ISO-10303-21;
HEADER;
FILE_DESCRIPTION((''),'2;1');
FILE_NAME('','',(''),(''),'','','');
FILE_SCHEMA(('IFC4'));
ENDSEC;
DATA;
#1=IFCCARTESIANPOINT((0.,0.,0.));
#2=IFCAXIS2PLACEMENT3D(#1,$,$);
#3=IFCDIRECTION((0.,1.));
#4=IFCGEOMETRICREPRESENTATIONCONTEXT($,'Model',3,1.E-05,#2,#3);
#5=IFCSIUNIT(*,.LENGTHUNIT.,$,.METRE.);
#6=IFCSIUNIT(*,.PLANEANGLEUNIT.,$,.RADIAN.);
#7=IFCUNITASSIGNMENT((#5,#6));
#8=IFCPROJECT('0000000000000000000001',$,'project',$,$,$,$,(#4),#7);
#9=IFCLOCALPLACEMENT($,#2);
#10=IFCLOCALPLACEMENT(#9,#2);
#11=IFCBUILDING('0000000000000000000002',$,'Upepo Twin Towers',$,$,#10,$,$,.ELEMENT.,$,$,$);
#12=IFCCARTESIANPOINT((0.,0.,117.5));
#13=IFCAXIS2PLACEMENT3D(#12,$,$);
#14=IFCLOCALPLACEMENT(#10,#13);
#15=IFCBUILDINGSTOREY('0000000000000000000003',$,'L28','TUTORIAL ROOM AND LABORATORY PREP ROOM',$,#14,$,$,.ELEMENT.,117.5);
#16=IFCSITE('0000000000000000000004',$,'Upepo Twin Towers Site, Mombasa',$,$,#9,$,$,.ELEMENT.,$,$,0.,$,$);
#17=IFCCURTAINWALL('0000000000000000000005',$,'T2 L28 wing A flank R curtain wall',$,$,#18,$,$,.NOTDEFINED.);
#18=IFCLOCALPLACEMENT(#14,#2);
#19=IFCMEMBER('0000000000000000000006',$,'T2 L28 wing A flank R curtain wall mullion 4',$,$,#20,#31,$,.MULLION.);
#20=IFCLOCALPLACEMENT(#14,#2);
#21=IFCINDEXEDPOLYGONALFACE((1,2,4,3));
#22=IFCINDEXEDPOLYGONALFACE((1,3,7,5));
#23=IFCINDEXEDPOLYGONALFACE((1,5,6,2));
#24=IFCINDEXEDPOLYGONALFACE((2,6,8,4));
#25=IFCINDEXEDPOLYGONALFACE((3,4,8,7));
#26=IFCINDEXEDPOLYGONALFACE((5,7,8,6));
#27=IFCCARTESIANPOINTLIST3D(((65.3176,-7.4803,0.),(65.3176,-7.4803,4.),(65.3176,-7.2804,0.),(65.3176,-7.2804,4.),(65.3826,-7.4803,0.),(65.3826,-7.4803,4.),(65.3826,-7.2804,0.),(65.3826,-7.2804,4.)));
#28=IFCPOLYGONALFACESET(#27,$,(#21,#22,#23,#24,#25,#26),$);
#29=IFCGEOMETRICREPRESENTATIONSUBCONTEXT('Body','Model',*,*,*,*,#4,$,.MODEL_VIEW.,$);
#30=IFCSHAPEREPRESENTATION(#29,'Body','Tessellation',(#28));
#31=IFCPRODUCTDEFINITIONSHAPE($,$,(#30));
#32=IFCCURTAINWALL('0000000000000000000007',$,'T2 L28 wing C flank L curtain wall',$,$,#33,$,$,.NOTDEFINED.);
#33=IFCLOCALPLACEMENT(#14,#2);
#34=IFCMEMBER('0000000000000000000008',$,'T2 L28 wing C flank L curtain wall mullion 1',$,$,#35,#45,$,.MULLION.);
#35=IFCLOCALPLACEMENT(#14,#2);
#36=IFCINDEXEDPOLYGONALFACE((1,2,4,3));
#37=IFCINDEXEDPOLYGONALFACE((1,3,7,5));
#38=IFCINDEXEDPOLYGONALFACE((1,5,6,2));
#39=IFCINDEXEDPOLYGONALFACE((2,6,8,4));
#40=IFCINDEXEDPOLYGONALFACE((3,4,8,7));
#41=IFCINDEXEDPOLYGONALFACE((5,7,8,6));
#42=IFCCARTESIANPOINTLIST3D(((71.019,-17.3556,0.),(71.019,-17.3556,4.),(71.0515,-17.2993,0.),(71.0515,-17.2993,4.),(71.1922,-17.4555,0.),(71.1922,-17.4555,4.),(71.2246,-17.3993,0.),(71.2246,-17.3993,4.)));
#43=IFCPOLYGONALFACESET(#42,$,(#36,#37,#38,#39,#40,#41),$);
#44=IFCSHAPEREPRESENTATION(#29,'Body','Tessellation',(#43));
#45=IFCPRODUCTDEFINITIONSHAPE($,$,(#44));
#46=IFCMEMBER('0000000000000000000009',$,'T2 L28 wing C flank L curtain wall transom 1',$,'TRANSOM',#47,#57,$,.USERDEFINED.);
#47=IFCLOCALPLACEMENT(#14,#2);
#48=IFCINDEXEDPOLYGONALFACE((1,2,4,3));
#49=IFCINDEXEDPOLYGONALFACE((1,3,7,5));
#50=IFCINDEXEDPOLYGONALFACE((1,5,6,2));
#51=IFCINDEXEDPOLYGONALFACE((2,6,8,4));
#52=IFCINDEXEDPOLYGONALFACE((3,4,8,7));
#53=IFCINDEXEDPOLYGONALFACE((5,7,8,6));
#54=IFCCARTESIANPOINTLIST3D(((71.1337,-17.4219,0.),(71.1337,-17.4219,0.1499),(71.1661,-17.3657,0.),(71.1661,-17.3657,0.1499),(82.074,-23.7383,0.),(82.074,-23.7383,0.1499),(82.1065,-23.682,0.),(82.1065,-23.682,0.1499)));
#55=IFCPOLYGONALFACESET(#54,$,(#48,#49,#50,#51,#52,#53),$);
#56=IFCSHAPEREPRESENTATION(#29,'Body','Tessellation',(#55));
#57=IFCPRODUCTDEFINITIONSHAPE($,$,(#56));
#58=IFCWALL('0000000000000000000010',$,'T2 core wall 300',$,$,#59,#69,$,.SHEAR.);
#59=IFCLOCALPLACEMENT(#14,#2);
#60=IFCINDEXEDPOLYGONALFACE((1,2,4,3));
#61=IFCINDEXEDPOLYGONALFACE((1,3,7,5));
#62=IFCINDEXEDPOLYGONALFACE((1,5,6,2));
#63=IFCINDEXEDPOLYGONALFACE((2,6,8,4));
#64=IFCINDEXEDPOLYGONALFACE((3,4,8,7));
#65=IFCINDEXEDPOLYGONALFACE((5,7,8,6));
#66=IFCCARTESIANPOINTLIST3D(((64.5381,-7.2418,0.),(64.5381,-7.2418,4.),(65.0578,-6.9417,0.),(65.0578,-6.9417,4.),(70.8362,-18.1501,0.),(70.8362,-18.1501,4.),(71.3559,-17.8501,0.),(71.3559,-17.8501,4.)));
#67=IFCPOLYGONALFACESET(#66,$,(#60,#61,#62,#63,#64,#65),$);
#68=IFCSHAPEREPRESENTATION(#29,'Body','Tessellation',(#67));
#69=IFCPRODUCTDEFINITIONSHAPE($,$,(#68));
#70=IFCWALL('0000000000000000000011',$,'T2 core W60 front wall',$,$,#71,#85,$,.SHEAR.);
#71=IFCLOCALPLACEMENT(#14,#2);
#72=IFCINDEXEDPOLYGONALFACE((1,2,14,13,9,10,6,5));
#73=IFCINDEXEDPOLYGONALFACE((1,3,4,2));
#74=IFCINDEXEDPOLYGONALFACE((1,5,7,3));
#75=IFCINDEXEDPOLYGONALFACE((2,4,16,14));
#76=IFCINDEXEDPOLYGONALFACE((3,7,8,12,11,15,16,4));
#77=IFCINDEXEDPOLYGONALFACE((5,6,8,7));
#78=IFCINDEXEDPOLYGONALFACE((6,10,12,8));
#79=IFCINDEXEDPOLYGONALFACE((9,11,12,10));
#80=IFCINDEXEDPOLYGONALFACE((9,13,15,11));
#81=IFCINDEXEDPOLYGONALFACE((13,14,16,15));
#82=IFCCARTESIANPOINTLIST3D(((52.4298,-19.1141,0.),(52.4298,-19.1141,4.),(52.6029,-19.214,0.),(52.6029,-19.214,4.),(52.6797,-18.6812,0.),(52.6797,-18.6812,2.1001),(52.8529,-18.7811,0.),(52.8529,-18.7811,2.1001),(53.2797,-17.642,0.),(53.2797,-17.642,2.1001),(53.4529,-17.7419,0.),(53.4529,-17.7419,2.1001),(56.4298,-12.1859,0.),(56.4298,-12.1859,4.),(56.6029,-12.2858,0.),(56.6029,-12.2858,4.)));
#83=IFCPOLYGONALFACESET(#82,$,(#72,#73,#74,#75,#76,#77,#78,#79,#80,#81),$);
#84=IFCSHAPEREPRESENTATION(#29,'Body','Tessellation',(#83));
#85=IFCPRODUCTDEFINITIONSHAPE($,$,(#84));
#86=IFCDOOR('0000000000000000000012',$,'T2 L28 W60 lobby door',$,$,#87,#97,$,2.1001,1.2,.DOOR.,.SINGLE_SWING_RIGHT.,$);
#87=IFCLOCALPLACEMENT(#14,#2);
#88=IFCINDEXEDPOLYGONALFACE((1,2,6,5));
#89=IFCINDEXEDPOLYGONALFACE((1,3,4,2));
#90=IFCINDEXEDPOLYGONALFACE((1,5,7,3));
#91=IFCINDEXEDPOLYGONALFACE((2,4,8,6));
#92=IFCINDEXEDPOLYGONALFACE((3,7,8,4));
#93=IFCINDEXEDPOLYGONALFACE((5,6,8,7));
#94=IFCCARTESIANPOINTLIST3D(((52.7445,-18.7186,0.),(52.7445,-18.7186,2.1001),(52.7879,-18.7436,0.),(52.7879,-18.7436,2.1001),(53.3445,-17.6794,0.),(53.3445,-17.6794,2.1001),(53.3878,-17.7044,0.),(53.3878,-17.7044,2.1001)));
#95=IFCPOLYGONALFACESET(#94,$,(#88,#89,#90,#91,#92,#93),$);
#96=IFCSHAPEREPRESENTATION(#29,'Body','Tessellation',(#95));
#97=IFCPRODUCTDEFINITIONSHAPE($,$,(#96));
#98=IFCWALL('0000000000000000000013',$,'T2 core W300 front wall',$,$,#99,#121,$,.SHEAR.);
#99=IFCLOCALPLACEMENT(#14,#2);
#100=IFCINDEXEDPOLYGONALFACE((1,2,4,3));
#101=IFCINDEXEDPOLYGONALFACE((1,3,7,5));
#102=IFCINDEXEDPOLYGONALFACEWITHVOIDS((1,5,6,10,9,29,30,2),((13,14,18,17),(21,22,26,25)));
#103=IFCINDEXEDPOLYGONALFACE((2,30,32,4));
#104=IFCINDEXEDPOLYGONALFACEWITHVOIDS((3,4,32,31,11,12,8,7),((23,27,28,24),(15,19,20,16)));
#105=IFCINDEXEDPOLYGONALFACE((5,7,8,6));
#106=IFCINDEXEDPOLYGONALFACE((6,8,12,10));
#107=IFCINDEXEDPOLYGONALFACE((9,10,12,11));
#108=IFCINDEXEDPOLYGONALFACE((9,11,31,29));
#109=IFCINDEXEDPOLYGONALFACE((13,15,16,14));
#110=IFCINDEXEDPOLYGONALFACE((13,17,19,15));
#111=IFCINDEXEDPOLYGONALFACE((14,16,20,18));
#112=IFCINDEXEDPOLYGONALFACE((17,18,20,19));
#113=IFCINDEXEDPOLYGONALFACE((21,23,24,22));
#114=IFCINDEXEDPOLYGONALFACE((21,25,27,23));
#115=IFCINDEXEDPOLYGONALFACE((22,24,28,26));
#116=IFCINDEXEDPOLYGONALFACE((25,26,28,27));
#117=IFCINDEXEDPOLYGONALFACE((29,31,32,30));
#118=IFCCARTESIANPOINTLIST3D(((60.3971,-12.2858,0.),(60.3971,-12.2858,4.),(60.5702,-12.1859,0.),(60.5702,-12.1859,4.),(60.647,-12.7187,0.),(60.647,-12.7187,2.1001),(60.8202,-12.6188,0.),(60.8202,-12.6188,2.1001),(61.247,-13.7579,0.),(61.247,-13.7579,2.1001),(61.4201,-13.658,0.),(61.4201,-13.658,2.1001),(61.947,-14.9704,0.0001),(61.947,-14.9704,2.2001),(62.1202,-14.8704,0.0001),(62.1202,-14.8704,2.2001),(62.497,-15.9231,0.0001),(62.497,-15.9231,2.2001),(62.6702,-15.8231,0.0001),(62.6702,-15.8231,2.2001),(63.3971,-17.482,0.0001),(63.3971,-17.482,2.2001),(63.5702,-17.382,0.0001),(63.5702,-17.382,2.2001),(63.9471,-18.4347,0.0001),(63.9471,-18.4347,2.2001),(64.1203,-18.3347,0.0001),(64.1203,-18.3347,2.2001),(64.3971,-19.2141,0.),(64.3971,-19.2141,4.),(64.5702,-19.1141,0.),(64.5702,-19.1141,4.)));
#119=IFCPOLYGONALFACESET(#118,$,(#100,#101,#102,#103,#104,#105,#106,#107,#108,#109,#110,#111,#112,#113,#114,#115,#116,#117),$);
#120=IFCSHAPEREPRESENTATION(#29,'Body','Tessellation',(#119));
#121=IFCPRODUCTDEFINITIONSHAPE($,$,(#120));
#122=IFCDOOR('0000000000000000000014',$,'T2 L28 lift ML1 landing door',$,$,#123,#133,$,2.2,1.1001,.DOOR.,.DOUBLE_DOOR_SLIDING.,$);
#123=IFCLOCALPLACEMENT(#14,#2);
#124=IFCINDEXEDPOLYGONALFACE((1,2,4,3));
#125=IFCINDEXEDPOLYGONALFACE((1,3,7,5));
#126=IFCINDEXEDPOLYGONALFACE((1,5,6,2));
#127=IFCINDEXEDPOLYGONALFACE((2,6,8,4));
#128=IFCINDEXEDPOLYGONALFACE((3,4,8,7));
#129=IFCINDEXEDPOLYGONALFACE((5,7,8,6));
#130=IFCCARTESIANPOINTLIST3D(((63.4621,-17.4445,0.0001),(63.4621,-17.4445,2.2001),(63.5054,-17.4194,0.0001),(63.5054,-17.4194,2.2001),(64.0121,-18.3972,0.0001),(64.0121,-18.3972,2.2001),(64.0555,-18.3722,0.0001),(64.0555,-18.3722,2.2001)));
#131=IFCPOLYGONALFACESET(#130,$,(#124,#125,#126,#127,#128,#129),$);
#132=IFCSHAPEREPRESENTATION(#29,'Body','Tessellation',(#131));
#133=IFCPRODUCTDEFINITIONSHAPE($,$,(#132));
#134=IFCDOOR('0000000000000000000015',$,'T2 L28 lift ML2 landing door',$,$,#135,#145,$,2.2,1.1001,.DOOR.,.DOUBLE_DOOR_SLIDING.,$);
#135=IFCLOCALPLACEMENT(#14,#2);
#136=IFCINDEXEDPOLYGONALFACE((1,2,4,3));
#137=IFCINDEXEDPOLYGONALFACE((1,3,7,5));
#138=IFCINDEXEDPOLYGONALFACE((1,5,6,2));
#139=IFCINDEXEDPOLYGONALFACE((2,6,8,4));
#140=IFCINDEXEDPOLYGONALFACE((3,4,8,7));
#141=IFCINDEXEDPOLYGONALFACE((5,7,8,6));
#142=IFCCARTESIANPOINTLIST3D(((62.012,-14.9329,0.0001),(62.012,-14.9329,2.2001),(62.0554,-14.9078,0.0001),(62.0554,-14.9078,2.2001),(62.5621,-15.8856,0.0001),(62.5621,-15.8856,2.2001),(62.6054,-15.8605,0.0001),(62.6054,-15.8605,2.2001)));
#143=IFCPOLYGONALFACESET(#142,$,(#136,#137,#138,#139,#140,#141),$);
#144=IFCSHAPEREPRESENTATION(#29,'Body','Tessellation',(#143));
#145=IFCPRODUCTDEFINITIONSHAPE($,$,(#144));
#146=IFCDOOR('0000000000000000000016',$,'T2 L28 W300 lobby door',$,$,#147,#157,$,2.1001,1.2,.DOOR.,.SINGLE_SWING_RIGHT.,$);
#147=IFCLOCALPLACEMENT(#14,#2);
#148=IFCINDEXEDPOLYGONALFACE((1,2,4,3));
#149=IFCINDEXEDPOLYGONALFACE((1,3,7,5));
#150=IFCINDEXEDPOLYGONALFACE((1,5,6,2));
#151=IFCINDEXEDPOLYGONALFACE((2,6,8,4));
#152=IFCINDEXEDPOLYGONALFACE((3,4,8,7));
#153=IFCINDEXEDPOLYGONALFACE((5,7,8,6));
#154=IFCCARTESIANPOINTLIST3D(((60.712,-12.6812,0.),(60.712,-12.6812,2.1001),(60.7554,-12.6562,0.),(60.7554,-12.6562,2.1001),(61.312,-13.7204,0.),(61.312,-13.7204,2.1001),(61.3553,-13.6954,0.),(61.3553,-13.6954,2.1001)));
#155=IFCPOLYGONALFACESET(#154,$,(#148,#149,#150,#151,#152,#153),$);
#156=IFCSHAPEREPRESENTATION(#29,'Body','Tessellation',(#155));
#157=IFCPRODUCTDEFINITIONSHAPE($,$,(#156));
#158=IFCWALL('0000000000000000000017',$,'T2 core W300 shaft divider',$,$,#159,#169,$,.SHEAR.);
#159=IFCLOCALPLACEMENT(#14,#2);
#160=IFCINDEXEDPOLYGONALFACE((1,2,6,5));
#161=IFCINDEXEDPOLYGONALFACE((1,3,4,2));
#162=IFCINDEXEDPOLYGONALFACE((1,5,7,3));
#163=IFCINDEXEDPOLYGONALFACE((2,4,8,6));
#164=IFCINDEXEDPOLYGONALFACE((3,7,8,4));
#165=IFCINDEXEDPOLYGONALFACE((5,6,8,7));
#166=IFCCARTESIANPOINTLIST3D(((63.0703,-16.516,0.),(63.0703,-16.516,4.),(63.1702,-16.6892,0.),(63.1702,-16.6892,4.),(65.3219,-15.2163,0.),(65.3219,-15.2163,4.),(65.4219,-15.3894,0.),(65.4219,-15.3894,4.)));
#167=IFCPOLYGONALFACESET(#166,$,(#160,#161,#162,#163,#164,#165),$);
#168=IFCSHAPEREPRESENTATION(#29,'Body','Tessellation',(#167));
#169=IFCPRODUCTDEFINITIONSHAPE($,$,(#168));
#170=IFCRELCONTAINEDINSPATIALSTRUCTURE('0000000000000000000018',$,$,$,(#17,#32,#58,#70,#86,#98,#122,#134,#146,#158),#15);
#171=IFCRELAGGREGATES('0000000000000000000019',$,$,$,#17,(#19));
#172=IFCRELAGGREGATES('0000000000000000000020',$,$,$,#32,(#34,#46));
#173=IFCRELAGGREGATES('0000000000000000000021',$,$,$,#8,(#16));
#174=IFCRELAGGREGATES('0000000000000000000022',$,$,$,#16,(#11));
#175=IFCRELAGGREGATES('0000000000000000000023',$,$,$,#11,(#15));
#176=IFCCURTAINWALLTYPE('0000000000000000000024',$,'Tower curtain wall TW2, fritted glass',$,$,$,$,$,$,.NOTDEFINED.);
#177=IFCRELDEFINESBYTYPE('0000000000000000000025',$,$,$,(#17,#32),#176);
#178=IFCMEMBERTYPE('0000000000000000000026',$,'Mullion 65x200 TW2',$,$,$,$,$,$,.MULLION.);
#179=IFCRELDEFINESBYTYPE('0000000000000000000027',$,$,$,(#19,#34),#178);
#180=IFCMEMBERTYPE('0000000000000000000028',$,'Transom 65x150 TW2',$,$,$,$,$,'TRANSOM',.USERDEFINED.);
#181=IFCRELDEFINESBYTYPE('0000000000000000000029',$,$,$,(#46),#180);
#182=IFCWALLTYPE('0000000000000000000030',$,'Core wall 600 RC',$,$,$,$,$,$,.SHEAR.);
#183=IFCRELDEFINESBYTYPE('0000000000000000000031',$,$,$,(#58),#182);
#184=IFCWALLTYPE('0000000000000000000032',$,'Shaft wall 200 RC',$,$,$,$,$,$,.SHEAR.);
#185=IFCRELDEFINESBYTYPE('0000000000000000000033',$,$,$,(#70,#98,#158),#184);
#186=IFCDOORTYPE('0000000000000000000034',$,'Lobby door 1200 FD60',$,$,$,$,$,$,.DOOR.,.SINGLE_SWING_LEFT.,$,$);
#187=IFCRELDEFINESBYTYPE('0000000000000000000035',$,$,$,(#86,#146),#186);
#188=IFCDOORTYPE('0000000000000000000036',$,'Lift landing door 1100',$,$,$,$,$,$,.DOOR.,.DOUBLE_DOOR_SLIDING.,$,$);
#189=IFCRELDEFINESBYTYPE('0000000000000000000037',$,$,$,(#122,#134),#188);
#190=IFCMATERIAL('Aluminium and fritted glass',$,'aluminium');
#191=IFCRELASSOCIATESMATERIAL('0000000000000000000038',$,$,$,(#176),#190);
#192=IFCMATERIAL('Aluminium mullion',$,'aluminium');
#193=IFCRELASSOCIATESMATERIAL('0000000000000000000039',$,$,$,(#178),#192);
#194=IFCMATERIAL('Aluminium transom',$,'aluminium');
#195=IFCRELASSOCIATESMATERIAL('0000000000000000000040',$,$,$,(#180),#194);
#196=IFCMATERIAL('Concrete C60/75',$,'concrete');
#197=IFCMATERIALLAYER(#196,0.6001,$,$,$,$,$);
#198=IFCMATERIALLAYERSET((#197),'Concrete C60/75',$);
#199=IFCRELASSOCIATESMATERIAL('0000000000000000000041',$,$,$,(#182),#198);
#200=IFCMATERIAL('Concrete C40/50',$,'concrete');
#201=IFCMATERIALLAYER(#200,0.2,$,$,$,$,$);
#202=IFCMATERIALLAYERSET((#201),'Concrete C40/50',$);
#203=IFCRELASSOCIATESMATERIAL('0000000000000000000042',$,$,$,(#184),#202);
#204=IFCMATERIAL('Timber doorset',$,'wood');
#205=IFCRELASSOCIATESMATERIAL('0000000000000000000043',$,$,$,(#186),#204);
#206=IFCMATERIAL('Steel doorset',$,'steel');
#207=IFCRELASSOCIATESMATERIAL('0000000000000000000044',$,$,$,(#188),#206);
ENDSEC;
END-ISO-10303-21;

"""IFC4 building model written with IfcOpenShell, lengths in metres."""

from ifc_helpers import new_model, si_unit, direction, frame, frame_2d, origin, origin_2d, place, context, subcontext, project, spatial, rectangle, extrude, material, layer, layer_set, material_profile, profile_set, type_object, element, fill, aggregate, save


model = new_model("IFC4")

# Units and contexts
model_context = context("Model", 3, precision=1e-05, world=origin(), true_north=direction((0.0, 1.0)))
body_context = subcontext(model_context, "Body", "Model", "MODEL_VIEW")
ifc_project = project(units=[si_unit("LENGTHUNIT", "METRE"), si_unit("PLANEANGLEUNIT", "RADIAN")], contexts=[model_context])

# Site, building, storey
site_placement = place(None, origin())
site = spatial("IfcSite", under=ifc_project, at=site_placement, Name="Upepo Twin Towers Site, Mombasa", CompositionType="ELEMENT", RefElevation=0.0)
building_placement = place(site_placement, origin())
building = spatial("IfcBuilding", under=site, at=building_placement, Name="Upepo Twin Towers", CompositionType="ELEMENT")
storey_placement = place(building_placement, frame((0.0, 0.0, 117.5)))
storey = spatial("IfcBuildingStorey", under=building, at=storey_placement, Name="L28", Description="TUTORIAL ROOM AND LABORATORY PREP ROOM", CompositionType="ELEMENT", Elevation=117.5)

# Curtain wall, member
ifc_material_1 = material(Name="Aluminium and fritted glass", Category="aluminium")
curtain_wall_type = type_object("IfcCurtainWallType", Name="Tower curtain wall TW2, fritted glass", PredefinedType="NOTDEFINED", material=ifc_material_1)
curtain_wall_1_placement = place(storey_placement, origin())
curtain_wall_1 = element("IfcCurtainWall", 1, at=curtain_wall_1_placement, inside=storey, type_object=curtain_wall_type, Name="T2 L28 wing A flank R curtain wall", PredefinedType="NOTDEFINED")
ifc_material_2 = material(Name="Aluminium mullion", Category="aluminium")
ifc_material_profile_1 = material_profile(ifc_material_2, rectangle(XDim=0.0649, YDim=0.2, at=origin_2d()), Name="MULLION 65x200")
ifc_profile_set_1 = profile_set([ifc_material_profile_1], Name="Aluminium mullion")
member_type_1 = type_object("IfcMemberType", Name="Mullion 65x200 TW2", PredefinedType="MULLION", material=ifc_profile_set_1)
member_1_placement = place(storey_placement, frame((65.3501, -7.3804, 0.0), z_axis=(0.0, 0.0, 1.0), x_axis=(1.0, 0.0, 0.0)))
member_1 = element("IfcMember", 2, at=member_1_placement, type_object=member_type_1, Name="T2 L28 wing A flank R curtain wall mullion 4", PredefinedType="MULLION", context=body_context, shape_type="SweptSolid", body=[
    extrude(rectangle(XDim=0.0649, YDim=0.2, at=origin_2d()), origin(), (0.0, 0.0, 1.0), 4.0),
])
aggregate(curtain_wall_1, [member_1])

# Curtain wall, members
curtain_wall_2_placement = place(storey_placement, origin())
curtain_wall_2 = element("IfcCurtainWall", 3, at=curtain_wall_2_placement, inside=storey, type_object=curtain_wall_type, Name="T2 L28 wing C flank L curtain wall", PredefinedType="NOTDEFINED")
member_2_placement = place(storey_placement, frame((71.1218, -17.3774, 0.0), z_axis=(0.0, 0.0, 1.0), x_axis=(0.5, 0.866025, 0.0)))
member_2 = element("IfcMember", 4, at=member_2_placement, type_object=member_type_1, Name="T2 L28 wing C flank L curtain wall mullion 1", PredefinedType="MULLION", context=body_context, shape_type="SweptSolid", body=[
    extrude(rectangle(XDim=0.0649, YDim=0.2, at=origin_2d()), origin(), (0.0, 0.0, 1.0), 4.0),
])
ifc_material_3 = material(Name="Aluminium transom", Category="aluminium")
ifc_material_profile_2 = material_profile(ifc_material_3, rectangle(XDim=0.0649, YDim=0.1499, at=origin_2d()), Name="TRANSOM 65x150")
ifc_profile_set_2 = profile_set([ifc_material_profile_2], Name="Aluminium transom")
member_type_2 = type_object("IfcMemberType", Name="Transom 65x150 TW2", ElementType="TRANSOM", PredefinedType="USERDEFINED", material=ifc_profile_set_2)
member_3_placement = place(storey_placement, frame((71.1499, -17.3938, 0.075), z_axis=(0.866027, -0.499997, 0.0), x_axis=(0.499997, 0.866027, 0.0)))
member_3 = element("IfcMember", 5, at=member_3_placement, type_object=member_type_2, Name="T2 L28 wing C flank L curtain wall transom 1", ObjectType="TRANSOM", PredefinedType="USERDEFINED", context=body_context, shape_type="SweptSolid", body=[
    extrude(rectangle(XDim=0.0649, YDim=0.1499, at=origin_2d()), origin(), (0.0, 0.0, 1.0), 12.6328),
])
aggregate(curtain_wall_2, [member_2, member_3])

# Wall
ifc_material_4 = material(Name="Concrete C60/75", Category="concrete")
ifc_layer_1 = layer(ifc_material_4, 0.6001)
ifc_layer_set_1 = layer_set([ifc_layer_1], Name="Concrete C60/75")
wall_type_1 = type_object("IfcWallType", Name="Core wall 600 RC", PredefinedType="SHEAR", material=ifc_layer_set_1)
wall_1_placement = place(storey_placement, frame((71.0959, -18.0, 0.0), z_axis=(0.0, 0.0, 1.0), x_axis=(-0.500006, 0.866022, 0.0)))
element("IfcWall", 6, at=wall_1_placement, inside=storey, type_object=wall_type_1, Name="T2 core wall 300", PredefinedType="SHEAR", context=body_context, shape_type="SweptSolid", body=[
    extrude(rectangle(XDim=12.5959, YDim=0.6001, at=frame_2d((6.2979, 0.0))), origin(), (0.0, 0.0, 1.0), 4.0),
])

# Wall, opening, door
ifc_material_5 = material(Name="Concrete C40/50", Category="concrete")
ifc_layer_2 = layer(ifc_material_5, 0.2)
ifc_layer_set_2 = layer_set([ifc_layer_2], Name="Concrete C40/50")
wall_type_2 = type_object("IfcWallType", Name="Shaft wall 200 RC", PredefinedType="SHEAR", material=ifc_layer_set_2)
wall_2_placement = place(storey_placement, frame((56.5164, -12.2358, 0.0), z_axis=(0.0, 0.0, 1.0), x_axis=(-0.499999, -0.866026, 0.0)))
wall_2 = element("IfcWall", 7, at=wall_2_placement, inside=storey, type_object=wall_type_2, Name="T2 core W60 front wall", PredefinedType="SHEAR", context=body_context, shape_type="SweptSolid", body=[
    extrude(rectangle(XDim=8.0, YDim=0.2, at=frame_2d((4.0, 0.0))), origin(), (0.0, 0.0, 1.0), 4.0),
])
opening_1_placement = place(wall_2_placement, frame((6.3, 0.0, 0.0)))
opening_1 = element("IfcOpeningElement", 8, at=opening_1_placement, cuts=wall_2, PredefinedType="OPENING", context=body_context, shape_type="SweptSolid", body=[
    extrude(rectangle(XDim=1.2, YDim=2.1001, at=frame_2d((0.6001, 1.05))), frame((0.0, 0.1099, 0.0), z_axis=(0.0, -1.0, 0.0), x_axis=(1.0, 0.0, 0.0)), (0.0, 0.0, 1.0), 0.22),
])
ifc_material_6 = material(Name="Timber doorset", Category="wood")
door_type_1 = type_object("IfcDoorType", Name="Lobby door 1200 FD60", OperationType="SINGLE_SWING_LEFT", PredefinedType="DOOR", material=ifc_material_6)
door_1_placement = place(opening_1_placement, origin())
door_1 = element("IfcDoor", 9, at=door_1_placement, inside=storey, type_object=door_type_1, Name="T2 L28 W60 lobby door", OperationType="SINGLE_SWING_RIGHT", OverallHeight=2.1001, OverallWidth=1.2, PredefinedType="DOOR", context=body_context, shape_type="SweptSolid", body=[
    extrude(rectangle(XDim=1.2, YDim=2.1001, at=frame_2d((0.6001, 1.05))), frame((0.0, 0.0249, 0.0), z_axis=(0.0, -1.0, 0.0), x_axis=(1.0, 0.0, 0.0)), (0.0, 0.0, 1.0), 0.05),
])
fill(opening_1, door_1)

# Wall, openings, doors
wall_3_placement = place(storey_placement, frame((64.4836, -19.1641, 0.0), z_axis=(0.0, 0.0, 1.0), x_axis=(-0.499999, 0.866026, 0.0)))
wall_3 = element("IfcWall", 10, at=wall_3_placement, inside=storey, type_object=wall_type_2, Name="T2 core W300 front wall", PredefinedType="SHEAR", context=body_context, shape_type="SweptSolid", body=[
    extrude(rectangle(XDim=8.0, YDim=0.2, at=frame_2d((4.0, 0.0))), origin(), (0.0, 0.0, 1.0), 4.0),
])
opening_2_placement = place(wall_3_placement, frame((6.3, 0.0, 0.0)))
opening_2 = element("IfcOpeningElement", 11, at=opening_2_placement, cuts=wall_3, PredefinedType="OPENING", context=body_context, shape_type="SweptSolid", body=[
    extrude(rectangle(XDim=1.2, YDim=2.1001, at=frame_2d((0.6001, 1.05))), frame((0.0, 0.1099, 0.0), z_axis=(0.0, -1.0, 0.0), x_axis=(1.0, 0.0, 0.0)), (0.0, 0.0, 1.0), 0.22),
])
opening_3_placement = place(wall_3_placement, frame((0.8999, 0.0, 0.0)))
opening_3 = element("IfcOpeningElement", 12, at=opening_3_placement, cuts=wall_3, PredefinedType="OPENING", context=body_context, shape_type="SweptSolid", body=[
    extrude(rectangle(XDim=1.1001, YDim=2.2, at=frame_2d((0.55, 1.1001))), frame((0.0, 0.1099, 0.0), z_axis=(0.0, -1.0, 0.0), x_axis=(1.0, 0.0, 0.0)), (0.0, 0.0, 1.0), 0.22),
])
opening_4_placement = place(wall_3_placement, frame((3.8, 0.0, 0.0)))
opening_4 = element("IfcOpeningElement", 13, at=opening_4_placement, cuts=wall_3, PredefinedType="OPENING", context=body_context, shape_type="SweptSolid", body=[
    extrude(rectangle(XDim=1.1001, YDim=2.2, at=frame_2d((0.55, 1.1001))), frame((0.0, 0.1099, 0.0), z_axis=(0.0, -1.0, 0.0), x_axis=(1.0, 0.0, 0.0)), (0.0, 0.0, 1.0), 0.22),
])
ifc_material_7 = material(Name="Steel doorset", Category="steel")
door_type_2 = type_object("IfcDoorType", Name="Lift landing door 1100", OperationType="DOUBLE_DOOR_SLIDING", PredefinedType="DOOR", material=ifc_material_7)
door_2_placement = place(opening_3_placement, origin())
door_2 = element("IfcDoor", 14, at=door_2_placement, inside=storey, type_object=door_type_2, Name="T2 L28 lift ML1 landing door", OperationType="DOUBLE_DOOR_SLIDING", OverallHeight=2.2, OverallWidth=1.1001, PredefinedType="DOOR", context=body_context, shape_type="SweptSolid", body=[
    extrude(rectangle(XDim=1.1001, YDim=2.2, at=frame_2d((0.55, 1.1001))), frame((0.0, 0.0249, 0.0), z_axis=(0.0, -1.0, 0.0), x_axis=(1.0, 0.0, 0.0)), (0.0, 0.0, 1.0), 0.05),
])
fill(opening_3, door_2)
door_3_placement = place(opening_4_placement, origin())
door_3 = element("IfcDoor", 15, at=door_3_placement, inside=storey, type_object=door_type_2, Name="T2 L28 lift ML2 landing door", OperationType="DOUBLE_DOOR_SLIDING", OverallHeight=2.2, OverallWidth=1.1001, PredefinedType="DOOR", context=body_context, shape_type="SweptSolid", body=[
    extrude(rectangle(XDim=1.1001, YDim=2.2, at=frame_2d((0.55, 1.1001))), frame((0.0, 0.0249, 0.0), z_axis=(0.0, -1.0, 0.0), x_axis=(1.0, 0.0, 0.0)), (0.0, 0.0, 1.0), 0.05),
])
fill(opening_4, door_3)
door_4_placement = place(opening_2_placement, origin())
door_4 = element("IfcDoor", 16, at=door_4_placement, inside=storey, type_object=door_type_1, Name="T2 L28 W300 lobby door", OperationType="SINGLE_SWING_RIGHT", OverallHeight=2.1001, OverallWidth=1.2, PredefinedType="DOOR", context=body_context, shape_type="SweptSolid", body=[
    extrude(rectangle(XDim=1.2, YDim=2.1001, at=frame_2d((0.6001, 1.05))), frame((0.0, 0.0249, 0.0), z_axis=(0.0, -1.0, 0.0), x_axis=(1.0, 0.0, 0.0)), (0.0, 0.0, 1.0), 0.05),
])
fill(opening_2, door_4)

# Wall
wall_4_placement = place(storey_placement, frame((63.1204, -16.6025, 0.0), z_axis=(0.0, 0.0, 1.0), x_axis=(0.866062, 0.499937, 0.0)))
element("IfcWall", 17, at=wall_4_placement, inside=storey, type_object=wall_type_2, Name="T2 core W300 shaft divider", PredefinedType="SHEAR", context=body_context, shape_type="SweptSolid", body=[
    extrude(rectangle(XDim=2.5999, YDim=0.2, at=frame_2d((1.2998, 0.0))), origin(), (0.0, 0.0, 1.0), 4.0),
])

save(model, "model.ifc")
